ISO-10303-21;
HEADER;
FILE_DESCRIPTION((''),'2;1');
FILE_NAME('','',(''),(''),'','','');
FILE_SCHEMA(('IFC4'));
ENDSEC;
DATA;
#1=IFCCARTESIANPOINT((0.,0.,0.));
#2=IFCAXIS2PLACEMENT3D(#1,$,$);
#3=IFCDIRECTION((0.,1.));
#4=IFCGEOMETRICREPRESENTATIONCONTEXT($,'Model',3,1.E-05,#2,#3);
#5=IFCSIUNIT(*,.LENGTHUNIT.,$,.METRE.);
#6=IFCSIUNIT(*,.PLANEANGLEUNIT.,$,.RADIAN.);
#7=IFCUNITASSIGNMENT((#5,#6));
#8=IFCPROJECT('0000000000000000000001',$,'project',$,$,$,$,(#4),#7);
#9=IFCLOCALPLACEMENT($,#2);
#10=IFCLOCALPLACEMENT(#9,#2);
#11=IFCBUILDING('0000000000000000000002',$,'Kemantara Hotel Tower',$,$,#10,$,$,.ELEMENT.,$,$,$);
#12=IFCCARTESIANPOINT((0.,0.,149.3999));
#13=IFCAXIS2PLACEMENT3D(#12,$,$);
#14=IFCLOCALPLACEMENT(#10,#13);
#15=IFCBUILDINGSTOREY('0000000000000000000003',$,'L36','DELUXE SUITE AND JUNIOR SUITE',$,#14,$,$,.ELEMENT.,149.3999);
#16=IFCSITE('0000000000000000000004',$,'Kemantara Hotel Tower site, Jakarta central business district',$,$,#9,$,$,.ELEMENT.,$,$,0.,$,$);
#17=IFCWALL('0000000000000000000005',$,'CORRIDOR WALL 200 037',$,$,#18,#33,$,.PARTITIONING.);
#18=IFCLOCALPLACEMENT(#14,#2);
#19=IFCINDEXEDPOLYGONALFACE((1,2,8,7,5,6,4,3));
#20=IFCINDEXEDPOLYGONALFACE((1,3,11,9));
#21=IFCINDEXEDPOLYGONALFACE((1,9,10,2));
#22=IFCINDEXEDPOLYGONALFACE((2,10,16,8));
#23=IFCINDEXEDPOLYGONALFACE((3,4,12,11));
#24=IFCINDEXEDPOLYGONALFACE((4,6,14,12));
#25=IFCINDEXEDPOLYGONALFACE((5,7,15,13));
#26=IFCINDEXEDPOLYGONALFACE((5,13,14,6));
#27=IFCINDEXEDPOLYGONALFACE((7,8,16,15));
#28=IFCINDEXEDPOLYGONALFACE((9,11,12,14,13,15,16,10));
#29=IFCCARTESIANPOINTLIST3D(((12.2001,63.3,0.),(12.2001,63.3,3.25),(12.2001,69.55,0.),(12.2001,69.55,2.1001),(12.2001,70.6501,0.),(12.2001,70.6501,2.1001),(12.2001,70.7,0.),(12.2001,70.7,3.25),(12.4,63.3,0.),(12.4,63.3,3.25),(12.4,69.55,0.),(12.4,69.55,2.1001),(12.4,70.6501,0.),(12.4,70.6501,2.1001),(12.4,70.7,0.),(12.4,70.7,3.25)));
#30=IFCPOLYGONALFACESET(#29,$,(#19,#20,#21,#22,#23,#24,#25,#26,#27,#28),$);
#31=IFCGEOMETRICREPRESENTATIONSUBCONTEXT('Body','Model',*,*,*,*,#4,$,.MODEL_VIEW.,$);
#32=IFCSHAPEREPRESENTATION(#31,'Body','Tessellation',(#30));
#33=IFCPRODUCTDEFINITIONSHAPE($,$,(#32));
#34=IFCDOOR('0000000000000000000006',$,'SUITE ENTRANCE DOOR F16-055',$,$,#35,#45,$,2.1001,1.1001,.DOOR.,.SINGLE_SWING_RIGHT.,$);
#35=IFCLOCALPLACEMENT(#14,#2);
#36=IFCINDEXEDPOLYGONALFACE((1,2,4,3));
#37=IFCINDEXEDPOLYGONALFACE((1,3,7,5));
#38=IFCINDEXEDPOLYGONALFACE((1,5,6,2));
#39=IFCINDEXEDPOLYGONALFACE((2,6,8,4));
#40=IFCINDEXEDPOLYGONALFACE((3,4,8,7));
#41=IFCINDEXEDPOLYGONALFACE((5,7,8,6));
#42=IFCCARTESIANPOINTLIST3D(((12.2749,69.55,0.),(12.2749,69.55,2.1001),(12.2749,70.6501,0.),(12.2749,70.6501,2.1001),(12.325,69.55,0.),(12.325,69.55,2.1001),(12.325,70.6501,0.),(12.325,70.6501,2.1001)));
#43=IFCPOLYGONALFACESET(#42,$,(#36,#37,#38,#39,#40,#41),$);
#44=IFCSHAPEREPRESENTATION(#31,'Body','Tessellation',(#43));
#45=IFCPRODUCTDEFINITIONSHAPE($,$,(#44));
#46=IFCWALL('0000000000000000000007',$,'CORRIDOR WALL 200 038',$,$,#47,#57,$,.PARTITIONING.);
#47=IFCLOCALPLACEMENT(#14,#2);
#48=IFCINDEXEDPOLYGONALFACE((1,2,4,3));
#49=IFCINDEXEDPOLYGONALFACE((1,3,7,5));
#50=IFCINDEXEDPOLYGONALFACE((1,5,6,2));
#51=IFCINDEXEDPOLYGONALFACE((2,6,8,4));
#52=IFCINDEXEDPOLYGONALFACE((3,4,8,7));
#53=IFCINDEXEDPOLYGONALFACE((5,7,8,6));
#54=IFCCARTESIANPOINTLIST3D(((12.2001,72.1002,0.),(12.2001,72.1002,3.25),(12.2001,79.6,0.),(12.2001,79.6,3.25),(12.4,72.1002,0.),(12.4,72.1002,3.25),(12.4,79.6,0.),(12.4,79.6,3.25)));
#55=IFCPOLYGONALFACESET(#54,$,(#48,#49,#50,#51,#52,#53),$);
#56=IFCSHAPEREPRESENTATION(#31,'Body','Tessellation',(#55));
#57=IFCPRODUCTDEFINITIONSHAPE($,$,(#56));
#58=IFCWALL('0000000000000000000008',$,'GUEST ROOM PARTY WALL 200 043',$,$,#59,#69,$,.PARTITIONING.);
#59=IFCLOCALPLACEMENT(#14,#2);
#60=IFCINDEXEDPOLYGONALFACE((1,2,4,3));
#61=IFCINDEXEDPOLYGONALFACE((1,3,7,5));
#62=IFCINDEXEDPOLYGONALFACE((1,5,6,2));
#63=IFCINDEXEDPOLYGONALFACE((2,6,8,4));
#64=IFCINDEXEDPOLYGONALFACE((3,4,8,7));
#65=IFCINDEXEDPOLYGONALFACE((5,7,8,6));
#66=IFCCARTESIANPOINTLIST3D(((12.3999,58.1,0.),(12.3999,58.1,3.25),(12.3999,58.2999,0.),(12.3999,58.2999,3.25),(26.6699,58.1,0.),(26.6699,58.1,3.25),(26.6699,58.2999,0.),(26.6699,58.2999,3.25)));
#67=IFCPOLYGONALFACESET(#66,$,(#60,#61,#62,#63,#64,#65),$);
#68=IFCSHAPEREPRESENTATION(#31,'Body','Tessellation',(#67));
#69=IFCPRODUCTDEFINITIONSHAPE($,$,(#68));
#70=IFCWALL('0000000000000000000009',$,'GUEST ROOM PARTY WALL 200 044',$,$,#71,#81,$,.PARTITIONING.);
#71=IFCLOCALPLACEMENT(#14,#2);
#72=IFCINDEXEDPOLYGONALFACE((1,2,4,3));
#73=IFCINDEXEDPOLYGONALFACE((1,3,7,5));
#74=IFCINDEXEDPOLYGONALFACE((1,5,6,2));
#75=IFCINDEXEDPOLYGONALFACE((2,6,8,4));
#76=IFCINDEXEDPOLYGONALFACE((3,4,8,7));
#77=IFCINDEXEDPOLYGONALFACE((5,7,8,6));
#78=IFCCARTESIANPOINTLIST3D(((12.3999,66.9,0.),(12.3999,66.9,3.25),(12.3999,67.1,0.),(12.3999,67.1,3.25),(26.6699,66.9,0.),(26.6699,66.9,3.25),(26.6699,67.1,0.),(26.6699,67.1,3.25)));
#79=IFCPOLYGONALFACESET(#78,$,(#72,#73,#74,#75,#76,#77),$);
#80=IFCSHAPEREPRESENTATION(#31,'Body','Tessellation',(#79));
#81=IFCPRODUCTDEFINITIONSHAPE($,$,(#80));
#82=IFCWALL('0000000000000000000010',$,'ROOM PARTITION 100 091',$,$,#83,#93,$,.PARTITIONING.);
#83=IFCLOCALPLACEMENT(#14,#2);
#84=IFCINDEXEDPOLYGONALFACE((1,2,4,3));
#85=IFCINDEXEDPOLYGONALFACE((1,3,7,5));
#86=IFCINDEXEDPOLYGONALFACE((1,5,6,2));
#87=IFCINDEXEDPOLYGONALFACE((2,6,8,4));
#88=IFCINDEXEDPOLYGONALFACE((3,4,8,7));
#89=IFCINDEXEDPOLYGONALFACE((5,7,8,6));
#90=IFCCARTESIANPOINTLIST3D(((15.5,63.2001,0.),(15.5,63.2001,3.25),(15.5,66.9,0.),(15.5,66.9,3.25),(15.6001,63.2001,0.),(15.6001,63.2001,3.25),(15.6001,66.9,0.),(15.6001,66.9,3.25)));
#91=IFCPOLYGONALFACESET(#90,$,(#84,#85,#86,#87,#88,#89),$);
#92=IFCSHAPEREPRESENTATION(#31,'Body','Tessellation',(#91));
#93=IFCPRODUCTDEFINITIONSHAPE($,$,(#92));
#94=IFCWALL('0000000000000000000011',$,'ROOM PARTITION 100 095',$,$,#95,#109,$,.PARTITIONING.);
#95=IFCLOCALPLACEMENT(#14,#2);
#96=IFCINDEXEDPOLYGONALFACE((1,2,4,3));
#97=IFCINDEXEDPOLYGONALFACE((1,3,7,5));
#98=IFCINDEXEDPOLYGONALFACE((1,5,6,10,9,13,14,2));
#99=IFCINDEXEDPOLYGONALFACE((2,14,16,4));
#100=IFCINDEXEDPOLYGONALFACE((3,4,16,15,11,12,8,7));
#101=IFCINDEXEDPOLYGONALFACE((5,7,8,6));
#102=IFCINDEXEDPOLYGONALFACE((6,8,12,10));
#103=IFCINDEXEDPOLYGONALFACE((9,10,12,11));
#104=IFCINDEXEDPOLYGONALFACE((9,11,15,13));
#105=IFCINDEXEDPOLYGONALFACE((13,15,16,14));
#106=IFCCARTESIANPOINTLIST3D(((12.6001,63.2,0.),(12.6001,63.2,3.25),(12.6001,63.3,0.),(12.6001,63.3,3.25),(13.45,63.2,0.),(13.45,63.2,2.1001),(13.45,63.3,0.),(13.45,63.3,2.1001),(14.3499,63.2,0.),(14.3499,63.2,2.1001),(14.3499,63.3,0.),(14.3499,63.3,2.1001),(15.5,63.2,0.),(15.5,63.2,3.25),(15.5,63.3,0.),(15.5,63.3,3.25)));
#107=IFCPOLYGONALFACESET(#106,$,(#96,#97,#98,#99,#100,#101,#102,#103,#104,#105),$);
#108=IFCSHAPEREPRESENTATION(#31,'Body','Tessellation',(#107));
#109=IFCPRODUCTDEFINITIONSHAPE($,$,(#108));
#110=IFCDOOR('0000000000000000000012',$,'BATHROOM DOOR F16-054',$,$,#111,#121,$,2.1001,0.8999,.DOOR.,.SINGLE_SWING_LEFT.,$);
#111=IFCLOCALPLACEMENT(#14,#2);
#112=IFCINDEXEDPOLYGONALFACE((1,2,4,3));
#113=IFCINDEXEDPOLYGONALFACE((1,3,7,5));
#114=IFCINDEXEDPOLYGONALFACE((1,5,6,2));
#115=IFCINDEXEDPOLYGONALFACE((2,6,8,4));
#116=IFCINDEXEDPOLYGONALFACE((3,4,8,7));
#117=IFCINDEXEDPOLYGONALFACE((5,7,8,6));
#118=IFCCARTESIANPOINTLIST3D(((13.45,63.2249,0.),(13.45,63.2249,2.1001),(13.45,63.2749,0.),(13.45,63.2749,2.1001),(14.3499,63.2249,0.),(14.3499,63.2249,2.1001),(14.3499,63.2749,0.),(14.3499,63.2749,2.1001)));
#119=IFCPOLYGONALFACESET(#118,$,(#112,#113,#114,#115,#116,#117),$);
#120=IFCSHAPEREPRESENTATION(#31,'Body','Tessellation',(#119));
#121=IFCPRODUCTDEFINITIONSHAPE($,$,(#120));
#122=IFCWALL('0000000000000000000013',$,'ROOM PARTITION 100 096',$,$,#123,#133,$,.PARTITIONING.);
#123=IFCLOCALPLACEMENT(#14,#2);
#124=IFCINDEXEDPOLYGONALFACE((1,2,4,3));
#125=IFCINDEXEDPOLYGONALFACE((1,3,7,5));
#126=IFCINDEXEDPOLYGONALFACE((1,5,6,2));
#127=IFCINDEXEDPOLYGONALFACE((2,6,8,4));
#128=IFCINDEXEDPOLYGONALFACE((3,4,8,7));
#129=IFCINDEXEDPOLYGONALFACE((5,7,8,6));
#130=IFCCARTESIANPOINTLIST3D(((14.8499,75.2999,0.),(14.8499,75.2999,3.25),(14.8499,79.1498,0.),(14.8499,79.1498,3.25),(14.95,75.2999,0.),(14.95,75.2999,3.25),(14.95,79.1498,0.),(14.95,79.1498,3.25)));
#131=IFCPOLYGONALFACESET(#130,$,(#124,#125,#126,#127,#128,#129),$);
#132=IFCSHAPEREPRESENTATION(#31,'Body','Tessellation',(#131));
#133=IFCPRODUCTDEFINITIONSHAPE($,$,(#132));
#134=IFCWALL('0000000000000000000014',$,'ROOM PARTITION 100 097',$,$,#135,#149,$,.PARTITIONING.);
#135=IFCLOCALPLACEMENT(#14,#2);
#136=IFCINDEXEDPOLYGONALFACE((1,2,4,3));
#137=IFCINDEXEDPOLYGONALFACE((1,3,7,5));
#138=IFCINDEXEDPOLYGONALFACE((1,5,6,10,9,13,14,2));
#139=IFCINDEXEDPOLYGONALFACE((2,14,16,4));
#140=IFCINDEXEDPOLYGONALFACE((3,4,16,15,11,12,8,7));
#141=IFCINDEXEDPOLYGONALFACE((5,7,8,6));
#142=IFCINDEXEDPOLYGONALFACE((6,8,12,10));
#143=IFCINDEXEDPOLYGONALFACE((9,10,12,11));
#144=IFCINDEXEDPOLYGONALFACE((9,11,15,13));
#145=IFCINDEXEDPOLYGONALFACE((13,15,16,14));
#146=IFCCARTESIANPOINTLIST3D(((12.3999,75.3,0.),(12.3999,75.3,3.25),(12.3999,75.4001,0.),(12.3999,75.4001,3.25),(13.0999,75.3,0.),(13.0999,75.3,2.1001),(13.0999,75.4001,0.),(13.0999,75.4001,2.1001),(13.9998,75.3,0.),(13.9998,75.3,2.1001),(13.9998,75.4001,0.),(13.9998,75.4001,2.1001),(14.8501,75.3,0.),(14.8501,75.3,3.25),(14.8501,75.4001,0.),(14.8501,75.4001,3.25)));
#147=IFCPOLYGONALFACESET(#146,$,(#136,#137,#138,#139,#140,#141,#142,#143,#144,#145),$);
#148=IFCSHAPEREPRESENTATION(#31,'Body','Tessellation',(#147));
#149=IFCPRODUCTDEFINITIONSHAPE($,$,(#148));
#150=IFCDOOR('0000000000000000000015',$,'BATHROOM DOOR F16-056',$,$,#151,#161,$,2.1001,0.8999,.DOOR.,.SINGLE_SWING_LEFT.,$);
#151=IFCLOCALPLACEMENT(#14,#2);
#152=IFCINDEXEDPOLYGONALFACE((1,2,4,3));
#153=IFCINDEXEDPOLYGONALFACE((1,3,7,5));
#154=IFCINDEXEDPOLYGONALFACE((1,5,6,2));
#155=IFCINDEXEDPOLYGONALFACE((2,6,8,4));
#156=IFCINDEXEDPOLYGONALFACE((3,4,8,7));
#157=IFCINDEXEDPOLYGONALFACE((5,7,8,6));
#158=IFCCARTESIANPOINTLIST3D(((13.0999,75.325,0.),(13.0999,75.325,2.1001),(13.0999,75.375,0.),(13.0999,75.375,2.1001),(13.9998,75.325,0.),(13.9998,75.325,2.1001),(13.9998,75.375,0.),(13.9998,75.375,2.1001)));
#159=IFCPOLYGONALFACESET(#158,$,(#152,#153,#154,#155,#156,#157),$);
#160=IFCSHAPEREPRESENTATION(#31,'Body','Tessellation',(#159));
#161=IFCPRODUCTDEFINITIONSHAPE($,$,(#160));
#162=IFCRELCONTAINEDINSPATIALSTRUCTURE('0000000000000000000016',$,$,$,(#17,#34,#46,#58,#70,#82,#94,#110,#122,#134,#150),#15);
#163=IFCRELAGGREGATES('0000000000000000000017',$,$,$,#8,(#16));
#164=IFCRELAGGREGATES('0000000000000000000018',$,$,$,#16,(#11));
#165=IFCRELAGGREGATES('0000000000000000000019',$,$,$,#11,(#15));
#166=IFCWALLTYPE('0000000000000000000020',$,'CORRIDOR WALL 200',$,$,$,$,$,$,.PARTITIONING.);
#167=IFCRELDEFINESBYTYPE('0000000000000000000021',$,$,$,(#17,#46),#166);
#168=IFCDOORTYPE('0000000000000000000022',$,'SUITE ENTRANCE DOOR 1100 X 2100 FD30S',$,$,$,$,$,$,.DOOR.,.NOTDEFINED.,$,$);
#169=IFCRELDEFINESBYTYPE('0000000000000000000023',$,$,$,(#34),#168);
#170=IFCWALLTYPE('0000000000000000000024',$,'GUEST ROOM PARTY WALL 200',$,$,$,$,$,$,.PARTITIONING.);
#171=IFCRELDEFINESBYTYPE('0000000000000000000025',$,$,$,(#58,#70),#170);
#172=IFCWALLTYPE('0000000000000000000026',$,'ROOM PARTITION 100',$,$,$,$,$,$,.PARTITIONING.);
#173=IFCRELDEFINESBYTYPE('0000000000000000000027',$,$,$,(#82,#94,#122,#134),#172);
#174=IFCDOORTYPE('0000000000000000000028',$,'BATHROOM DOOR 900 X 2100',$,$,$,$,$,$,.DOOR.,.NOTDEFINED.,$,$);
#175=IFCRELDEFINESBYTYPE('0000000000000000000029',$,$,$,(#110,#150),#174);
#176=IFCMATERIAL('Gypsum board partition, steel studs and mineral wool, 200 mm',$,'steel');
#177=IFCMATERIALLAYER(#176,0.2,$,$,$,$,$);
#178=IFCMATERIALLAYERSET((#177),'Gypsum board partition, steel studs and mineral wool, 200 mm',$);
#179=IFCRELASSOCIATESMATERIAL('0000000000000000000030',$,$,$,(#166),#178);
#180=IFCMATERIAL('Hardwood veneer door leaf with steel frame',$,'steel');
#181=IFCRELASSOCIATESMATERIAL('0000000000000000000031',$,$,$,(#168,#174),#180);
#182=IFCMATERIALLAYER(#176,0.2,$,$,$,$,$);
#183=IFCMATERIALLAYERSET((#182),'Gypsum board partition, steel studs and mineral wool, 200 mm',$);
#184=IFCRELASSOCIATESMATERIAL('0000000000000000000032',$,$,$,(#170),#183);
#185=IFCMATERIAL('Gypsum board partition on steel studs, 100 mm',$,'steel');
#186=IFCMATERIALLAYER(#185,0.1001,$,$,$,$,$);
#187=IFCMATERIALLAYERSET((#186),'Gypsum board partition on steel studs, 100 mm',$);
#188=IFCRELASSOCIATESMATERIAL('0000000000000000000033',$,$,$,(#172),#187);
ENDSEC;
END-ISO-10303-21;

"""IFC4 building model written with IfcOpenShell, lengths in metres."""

from ifc_helpers import new_model, si_unit, direction, frame, frame_2d, origin, place, context, subcontext, project, spatial, rectangle, extrude, material, layer, layer_set, type_object, element, fill, save


model = new_model("IFC4")

# Units and contexts
model_context = context("Model", 3, precision=1e-05, world=origin(), true_north=direction((0.0, 1.0)))
body_context = subcontext(model_context, "Body", "Model", "MODEL_VIEW")
ifc_project = project(units=[si_unit("LENGTHUNIT", "METRE"), si_unit("PLANEANGLEUNIT", "RADIAN")], contexts=[model_context])

# Site, building, storey
site_placement = place(None, origin())
site = spatial("IfcSite", under=ifc_project, at=site_placement, Name="Kemantara Hotel Tower site, Jakarta central business district", CompositionType="ELEMENT", RefElevation=0.0)
building_placement = place(site_placement, origin())
building = spatial("IfcBuilding", under=site, at=building_placement, Name="Kemantara Hotel Tower", CompositionType="ELEMENT")
storey_placement = place(building_placement, frame((0.0, 0.0, 149.3999)))
storey = spatial("IfcBuildingStorey", under=building, at=storey_placement, Name="L36", Description="DELUXE SUITE AND JUNIOR SUITE", CompositionType="ELEMENT", Elevation=149.3999)

# Wall, opening, door
ifc_material_1 = material(Name="Gypsum board partition, steel studs and mineral wool, 200 mm", Category="steel")
ifc_layer_1 = layer(ifc_material_1, 0.2)
ifc_layer_set_1 = layer_set([ifc_layer_1], Name="Gypsum board partition, steel studs and mineral wool, 200 mm")
wall_type_1 = type_object("IfcWallType", Name="CORRIDOR WALL 200", PredefinedType="PARTITIONING", material=ifc_layer_set_1)
wall_1_placement = place(storey_placement, frame((12.3, 70.7, 0.0), z_axis=(0.0, 0.0, 1.0), x_axis=(0.0, -1.0, 0.0)))
wall_1 = element("IfcWall", 1, at=wall_1_placement, inside=storey, type_object=wall_type_1, Name="CORRIDOR WALL 200 037", PredefinedType="PARTITIONING", context=body_context, shape_type="SweptSolid", body=[
    extrude(rectangle(XDim=7.3999, YDim=0.2, at=frame_2d((3.7, 0.0))), origin(), (0.0, 0.0, 1.0), 3.25),
])
opening_1_placement = place(wall_1_placement, frame((0.0498, 0.0, 0.0)))
opening_1 = element("IfcOpeningElement", 2, at=opening_1_placement, cuts=wall_1, PredefinedType="OPENING", context=body_context, shape_type="SweptSolid", body=[
    extrude(rectangle(XDim=1.1001, YDim=2.1001, at=frame_2d((0.55, 1.05))), frame((0.0, 0.1099, 0.0), z_axis=(0.0, -1.0, 0.0), x_axis=(1.0, 0.0, 0.0)), (0.0, 0.0, 1.0), 0.22),
])
ifc_material_2 = material(Name="Hardwood veneer door leaf with steel frame", Category="steel")
door_type_1 = type_object("IfcDoorType", Name="SUITE ENTRANCE DOOR 1100 X 2100 FD30S", OperationType="NOTDEFINED", PredefinedType="DOOR", material=ifc_material_2)
door_1_placement = place(opening_1_placement, origin())
door_1 = element("IfcDoor", 3, at=door_1_placement, inside=storey, type_object=door_type_1, Name="SUITE ENTRANCE DOOR F16-055", OperationType="SINGLE_SWING_RIGHT", OverallHeight=2.1001, OverallWidth=1.1001, PredefinedType="DOOR", context=body_context, shape_type="SweptSolid", body=[
    extrude(rectangle(XDim=1.1001, YDim=2.1001, at=frame_2d((0.55, 1.05))), frame((0.0, 0.0249, 0.0), z_axis=(0.0, -1.0, 0.0), x_axis=(1.0, 0.0, 0.0)), (0.0, 0.0, 1.0), 0.05),
])
fill(opening_1, door_1)

# Walls
wall_2_placement = place(storey_placement, frame((12.3, 72.1001, 0.0), z_axis=(0.0, 0.0, 1.0), x_axis=(0.0, 1.0, 0.0)))
element("IfcWall", 4, at=wall_2_placement, inside=storey, type_object=wall_type_1, Name="CORRIDOR WALL 200 038", PredefinedType="PARTITIONING", context=body_context, shape_type="SweptSolid", body=[
    extrude(rectangle(XDim=7.4998, YDim=0.2, at=frame_2d((3.75, 0.0))), origin(), (0.0, 0.0, 1.0), 3.25),
])
ifc_layer_2 = layer(ifc_material_1, 0.2)
ifc_layer_set_2 = layer_set([ifc_layer_2], Name="Gypsum board partition, steel studs and mineral wool, 200 mm")
wall_type_2 = type_object("IfcWallType", Name="GUEST ROOM PARTY WALL 200", PredefinedType="PARTITIONING", material=ifc_layer_set_2)
for number, where, z_axis, x_axis, name in (
    (5, (12.3999, 58.2, 0.0), (0.0, 0.0, 1.0), (1.0, 0.0, 0.0), "GUEST ROOM PARTY WALL 200 043"),
    (6, (12.3999, 67.0, 0.0), (0.0, 0.0, 1.0), (1.0, 0.0, 0.0), "GUEST ROOM PARTY WALL 200 044"),
):
    element("IfcWall", number, at=place(storey_placement, frame(where, z_axis=z_axis, x_axis=x_axis)), inside=storey, type_object=wall_type_2, Name=name, PredefinedType="PARTITIONING", context=body_context, shape_type="SweptSolid", body=[
        extrude(rectangle(XDim=14.27, YDim=0.2, at=frame_2d((7.135, 0.0))), origin(), (0.0, 0.0, 1.0), 3.25),
    ])
ifc_material_3 = material(Name="Gypsum board partition on steel studs, 100 mm", Category="steel")
ifc_layer_3 = layer(ifc_material_3, 0.1001)
ifc_layer_set_3 = layer_set([ifc_layer_3], Name="Gypsum board partition on steel studs, 100 mm")
wall_type_3 = type_object("IfcWallType", Name="ROOM PARTITION 100", PredefinedType="PARTITIONING", material=ifc_layer_set_3)
wall_3_placement = place(storey_placement, frame((15.55, 63.2, 0.0), z_axis=(0.0, 0.0, 1.0), x_axis=(0.0, 1.0, 0.0)))
element("IfcWall", 7, at=wall_3_placement, inside=storey, type_object=wall_type_3, Name="ROOM PARTITION 100 091", PredefinedType="PARTITIONING", context=body_context, shape_type="SweptSolid", body=[
    extrude(rectangle(XDim=3.7, YDim=0.1001, at=frame_2d((1.8501, 0.0))), origin(), (0.0, 0.0, 1.0), 3.25),
])

# Wall, opening, door
wall_4_placement = place(storey_placement, frame((12.6001, 63.25, 0.0), z_axis=(0.0, 0.0, 1.0), x_axis=(1.0, 0.0, 0.0)))
wall_4 = element("IfcWall", 8, at=wall_4_placement, inside=storey, type_object=wall_type_3, Name="ROOM PARTITION 100 095", PredefinedType="PARTITIONING", context=body_context, shape_type="SweptSolid", body=[
    extrude(rectangle(XDim=2.8999, YDim=0.1001, at=frame_2d((1.45, 0.0))), origin(), (0.0, 0.0, 1.0), 3.25),
])
opening_2_placement = place(wall_4_placement, frame((0.8499, 0.0, 0.0)))
opening_2 = element("IfcOpeningElement", 9, at=opening_2_placement, cuts=wall_4, PredefinedType="OPENING", context=body_context, shape_type="SweptSolid", body=[
    extrude(rectangle(XDim=0.8999, YDim=2.1001, at=frame_2d((0.45, 1.05))), frame((0.0, 0.0601, 0.0), z_axis=(0.0, -1.0, 0.0), x_axis=(1.0, 0.0, 0.0)), (0.0, 0.0, 1.0), 0.1201),
])
door_type_2 = type_object("IfcDoorType", Name="BATHROOM DOOR 900 X 2100", OperationType="NOTDEFINED", PredefinedType="DOOR", material=ifc_material_2)
door_2_placement = place(opening_2_placement, origin())
door_2 = element("IfcDoor", 10, at=door_2_placement, inside=storey, type_object=door_type_2, Name="BATHROOM DOOR F16-054", OperationType="SINGLE_SWING_LEFT", OverallHeight=2.1001, OverallWidth=0.8999, PredefinedType="DOOR", context=body_context, shape_type="SweptSolid", body=[
    extrude(rectangle(XDim=0.8999, YDim=2.1001, at=frame_2d((0.45, 1.05))), frame((0.0, 0.0249, 0.0), z_axis=(0.0, -1.0, 0.0), x_axis=(1.0, 0.0, 0.0)), (0.0, 0.0, 1.0), 0.05),
])
fill(opening_2, door_2)

# Wall
wall_5_placement = place(storey_placement, frame((14.8999, 75.3, 0.0), z_axis=(0.0, 0.0, 1.0), x_axis=(0.0, 1.0, 0.0)))
element("IfcWall", 11, at=wall_5_placement, inside=storey, type_object=wall_type_3, Name="ROOM PARTITION 100 096", PredefinedType="PARTITIONING", context=body_context, shape_type="SweptSolid", body=[
    extrude(rectangle(XDim=3.8499, YDim=0.1001, at=frame_2d((1.9248, 0.0))), origin(), (0.0, 0.0, 1.0), 3.25),
])

# Wall, opening, door
wall_6_placement = place(storey_placement, frame((12.3999, 75.3501, 0.0), z_axis=(0.0, 0.0, 1.0), x_axis=(1.0, 0.0, 0.0)))
wall_6 = element("IfcWall", 12, at=wall_6_placement, inside=storey, type_object=wall_type_3, Name="ROOM PARTITION 100 097", PredefinedType="PARTITIONING", context=body_context, shape_type="SweptSolid", body=[
    extrude(rectangle(XDim=2.4502, YDim=0.1001, at=frame_2d((1.2251, 0.0))), origin(), (0.0, 0.0, 1.0), 3.25),
])
opening_3_placement = place(wall_6_placement, frame((0.7, 0.0, 0.0)))
opening_3 = element("IfcOpeningElement", 13, at=opening_3_placement, cuts=wall_6, PredefinedType="OPENING", context=body_context, shape_type="SweptSolid", body=[
    extrude(rectangle(XDim=0.8999, YDim=2.1001, at=frame_2d((0.45, 1.05))), frame((0.0, 0.0601, 0.0), z_axis=(0.0, -1.0, 0.0), x_axis=(1.0, 0.0, 0.0)), (0.0, 0.0, 1.0), 0.1201),
])
door_3_placement = place(opening_3_placement, origin())
door_3 = element("IfcDoor", 14, at=door_3_placement, inside=storey, type_object=door_type_2, Name="BATHROOM DOOR F16-056", OperationType="SINGLE_SWING_LEFT", OverallHeight=2.1001, OverallWidth=0.8999, PredefinedType="DOOR", context=body_context, shape_type="SweptSolid", body=[
    extrude(rectangle(XDim=0.8999, YDim=2.1001, at=frame_2d((0.45, 1.05))), frame((0.0, 0.0249, 0.0), z_axis=(0.0, -1.0, 0.0), x_axis=(1.0, 0.0, 0.0)), (0.0, 0.0, 1.0), 0.05),
])
fill(opening_3, door_3)

save(model, "model.ifc")
